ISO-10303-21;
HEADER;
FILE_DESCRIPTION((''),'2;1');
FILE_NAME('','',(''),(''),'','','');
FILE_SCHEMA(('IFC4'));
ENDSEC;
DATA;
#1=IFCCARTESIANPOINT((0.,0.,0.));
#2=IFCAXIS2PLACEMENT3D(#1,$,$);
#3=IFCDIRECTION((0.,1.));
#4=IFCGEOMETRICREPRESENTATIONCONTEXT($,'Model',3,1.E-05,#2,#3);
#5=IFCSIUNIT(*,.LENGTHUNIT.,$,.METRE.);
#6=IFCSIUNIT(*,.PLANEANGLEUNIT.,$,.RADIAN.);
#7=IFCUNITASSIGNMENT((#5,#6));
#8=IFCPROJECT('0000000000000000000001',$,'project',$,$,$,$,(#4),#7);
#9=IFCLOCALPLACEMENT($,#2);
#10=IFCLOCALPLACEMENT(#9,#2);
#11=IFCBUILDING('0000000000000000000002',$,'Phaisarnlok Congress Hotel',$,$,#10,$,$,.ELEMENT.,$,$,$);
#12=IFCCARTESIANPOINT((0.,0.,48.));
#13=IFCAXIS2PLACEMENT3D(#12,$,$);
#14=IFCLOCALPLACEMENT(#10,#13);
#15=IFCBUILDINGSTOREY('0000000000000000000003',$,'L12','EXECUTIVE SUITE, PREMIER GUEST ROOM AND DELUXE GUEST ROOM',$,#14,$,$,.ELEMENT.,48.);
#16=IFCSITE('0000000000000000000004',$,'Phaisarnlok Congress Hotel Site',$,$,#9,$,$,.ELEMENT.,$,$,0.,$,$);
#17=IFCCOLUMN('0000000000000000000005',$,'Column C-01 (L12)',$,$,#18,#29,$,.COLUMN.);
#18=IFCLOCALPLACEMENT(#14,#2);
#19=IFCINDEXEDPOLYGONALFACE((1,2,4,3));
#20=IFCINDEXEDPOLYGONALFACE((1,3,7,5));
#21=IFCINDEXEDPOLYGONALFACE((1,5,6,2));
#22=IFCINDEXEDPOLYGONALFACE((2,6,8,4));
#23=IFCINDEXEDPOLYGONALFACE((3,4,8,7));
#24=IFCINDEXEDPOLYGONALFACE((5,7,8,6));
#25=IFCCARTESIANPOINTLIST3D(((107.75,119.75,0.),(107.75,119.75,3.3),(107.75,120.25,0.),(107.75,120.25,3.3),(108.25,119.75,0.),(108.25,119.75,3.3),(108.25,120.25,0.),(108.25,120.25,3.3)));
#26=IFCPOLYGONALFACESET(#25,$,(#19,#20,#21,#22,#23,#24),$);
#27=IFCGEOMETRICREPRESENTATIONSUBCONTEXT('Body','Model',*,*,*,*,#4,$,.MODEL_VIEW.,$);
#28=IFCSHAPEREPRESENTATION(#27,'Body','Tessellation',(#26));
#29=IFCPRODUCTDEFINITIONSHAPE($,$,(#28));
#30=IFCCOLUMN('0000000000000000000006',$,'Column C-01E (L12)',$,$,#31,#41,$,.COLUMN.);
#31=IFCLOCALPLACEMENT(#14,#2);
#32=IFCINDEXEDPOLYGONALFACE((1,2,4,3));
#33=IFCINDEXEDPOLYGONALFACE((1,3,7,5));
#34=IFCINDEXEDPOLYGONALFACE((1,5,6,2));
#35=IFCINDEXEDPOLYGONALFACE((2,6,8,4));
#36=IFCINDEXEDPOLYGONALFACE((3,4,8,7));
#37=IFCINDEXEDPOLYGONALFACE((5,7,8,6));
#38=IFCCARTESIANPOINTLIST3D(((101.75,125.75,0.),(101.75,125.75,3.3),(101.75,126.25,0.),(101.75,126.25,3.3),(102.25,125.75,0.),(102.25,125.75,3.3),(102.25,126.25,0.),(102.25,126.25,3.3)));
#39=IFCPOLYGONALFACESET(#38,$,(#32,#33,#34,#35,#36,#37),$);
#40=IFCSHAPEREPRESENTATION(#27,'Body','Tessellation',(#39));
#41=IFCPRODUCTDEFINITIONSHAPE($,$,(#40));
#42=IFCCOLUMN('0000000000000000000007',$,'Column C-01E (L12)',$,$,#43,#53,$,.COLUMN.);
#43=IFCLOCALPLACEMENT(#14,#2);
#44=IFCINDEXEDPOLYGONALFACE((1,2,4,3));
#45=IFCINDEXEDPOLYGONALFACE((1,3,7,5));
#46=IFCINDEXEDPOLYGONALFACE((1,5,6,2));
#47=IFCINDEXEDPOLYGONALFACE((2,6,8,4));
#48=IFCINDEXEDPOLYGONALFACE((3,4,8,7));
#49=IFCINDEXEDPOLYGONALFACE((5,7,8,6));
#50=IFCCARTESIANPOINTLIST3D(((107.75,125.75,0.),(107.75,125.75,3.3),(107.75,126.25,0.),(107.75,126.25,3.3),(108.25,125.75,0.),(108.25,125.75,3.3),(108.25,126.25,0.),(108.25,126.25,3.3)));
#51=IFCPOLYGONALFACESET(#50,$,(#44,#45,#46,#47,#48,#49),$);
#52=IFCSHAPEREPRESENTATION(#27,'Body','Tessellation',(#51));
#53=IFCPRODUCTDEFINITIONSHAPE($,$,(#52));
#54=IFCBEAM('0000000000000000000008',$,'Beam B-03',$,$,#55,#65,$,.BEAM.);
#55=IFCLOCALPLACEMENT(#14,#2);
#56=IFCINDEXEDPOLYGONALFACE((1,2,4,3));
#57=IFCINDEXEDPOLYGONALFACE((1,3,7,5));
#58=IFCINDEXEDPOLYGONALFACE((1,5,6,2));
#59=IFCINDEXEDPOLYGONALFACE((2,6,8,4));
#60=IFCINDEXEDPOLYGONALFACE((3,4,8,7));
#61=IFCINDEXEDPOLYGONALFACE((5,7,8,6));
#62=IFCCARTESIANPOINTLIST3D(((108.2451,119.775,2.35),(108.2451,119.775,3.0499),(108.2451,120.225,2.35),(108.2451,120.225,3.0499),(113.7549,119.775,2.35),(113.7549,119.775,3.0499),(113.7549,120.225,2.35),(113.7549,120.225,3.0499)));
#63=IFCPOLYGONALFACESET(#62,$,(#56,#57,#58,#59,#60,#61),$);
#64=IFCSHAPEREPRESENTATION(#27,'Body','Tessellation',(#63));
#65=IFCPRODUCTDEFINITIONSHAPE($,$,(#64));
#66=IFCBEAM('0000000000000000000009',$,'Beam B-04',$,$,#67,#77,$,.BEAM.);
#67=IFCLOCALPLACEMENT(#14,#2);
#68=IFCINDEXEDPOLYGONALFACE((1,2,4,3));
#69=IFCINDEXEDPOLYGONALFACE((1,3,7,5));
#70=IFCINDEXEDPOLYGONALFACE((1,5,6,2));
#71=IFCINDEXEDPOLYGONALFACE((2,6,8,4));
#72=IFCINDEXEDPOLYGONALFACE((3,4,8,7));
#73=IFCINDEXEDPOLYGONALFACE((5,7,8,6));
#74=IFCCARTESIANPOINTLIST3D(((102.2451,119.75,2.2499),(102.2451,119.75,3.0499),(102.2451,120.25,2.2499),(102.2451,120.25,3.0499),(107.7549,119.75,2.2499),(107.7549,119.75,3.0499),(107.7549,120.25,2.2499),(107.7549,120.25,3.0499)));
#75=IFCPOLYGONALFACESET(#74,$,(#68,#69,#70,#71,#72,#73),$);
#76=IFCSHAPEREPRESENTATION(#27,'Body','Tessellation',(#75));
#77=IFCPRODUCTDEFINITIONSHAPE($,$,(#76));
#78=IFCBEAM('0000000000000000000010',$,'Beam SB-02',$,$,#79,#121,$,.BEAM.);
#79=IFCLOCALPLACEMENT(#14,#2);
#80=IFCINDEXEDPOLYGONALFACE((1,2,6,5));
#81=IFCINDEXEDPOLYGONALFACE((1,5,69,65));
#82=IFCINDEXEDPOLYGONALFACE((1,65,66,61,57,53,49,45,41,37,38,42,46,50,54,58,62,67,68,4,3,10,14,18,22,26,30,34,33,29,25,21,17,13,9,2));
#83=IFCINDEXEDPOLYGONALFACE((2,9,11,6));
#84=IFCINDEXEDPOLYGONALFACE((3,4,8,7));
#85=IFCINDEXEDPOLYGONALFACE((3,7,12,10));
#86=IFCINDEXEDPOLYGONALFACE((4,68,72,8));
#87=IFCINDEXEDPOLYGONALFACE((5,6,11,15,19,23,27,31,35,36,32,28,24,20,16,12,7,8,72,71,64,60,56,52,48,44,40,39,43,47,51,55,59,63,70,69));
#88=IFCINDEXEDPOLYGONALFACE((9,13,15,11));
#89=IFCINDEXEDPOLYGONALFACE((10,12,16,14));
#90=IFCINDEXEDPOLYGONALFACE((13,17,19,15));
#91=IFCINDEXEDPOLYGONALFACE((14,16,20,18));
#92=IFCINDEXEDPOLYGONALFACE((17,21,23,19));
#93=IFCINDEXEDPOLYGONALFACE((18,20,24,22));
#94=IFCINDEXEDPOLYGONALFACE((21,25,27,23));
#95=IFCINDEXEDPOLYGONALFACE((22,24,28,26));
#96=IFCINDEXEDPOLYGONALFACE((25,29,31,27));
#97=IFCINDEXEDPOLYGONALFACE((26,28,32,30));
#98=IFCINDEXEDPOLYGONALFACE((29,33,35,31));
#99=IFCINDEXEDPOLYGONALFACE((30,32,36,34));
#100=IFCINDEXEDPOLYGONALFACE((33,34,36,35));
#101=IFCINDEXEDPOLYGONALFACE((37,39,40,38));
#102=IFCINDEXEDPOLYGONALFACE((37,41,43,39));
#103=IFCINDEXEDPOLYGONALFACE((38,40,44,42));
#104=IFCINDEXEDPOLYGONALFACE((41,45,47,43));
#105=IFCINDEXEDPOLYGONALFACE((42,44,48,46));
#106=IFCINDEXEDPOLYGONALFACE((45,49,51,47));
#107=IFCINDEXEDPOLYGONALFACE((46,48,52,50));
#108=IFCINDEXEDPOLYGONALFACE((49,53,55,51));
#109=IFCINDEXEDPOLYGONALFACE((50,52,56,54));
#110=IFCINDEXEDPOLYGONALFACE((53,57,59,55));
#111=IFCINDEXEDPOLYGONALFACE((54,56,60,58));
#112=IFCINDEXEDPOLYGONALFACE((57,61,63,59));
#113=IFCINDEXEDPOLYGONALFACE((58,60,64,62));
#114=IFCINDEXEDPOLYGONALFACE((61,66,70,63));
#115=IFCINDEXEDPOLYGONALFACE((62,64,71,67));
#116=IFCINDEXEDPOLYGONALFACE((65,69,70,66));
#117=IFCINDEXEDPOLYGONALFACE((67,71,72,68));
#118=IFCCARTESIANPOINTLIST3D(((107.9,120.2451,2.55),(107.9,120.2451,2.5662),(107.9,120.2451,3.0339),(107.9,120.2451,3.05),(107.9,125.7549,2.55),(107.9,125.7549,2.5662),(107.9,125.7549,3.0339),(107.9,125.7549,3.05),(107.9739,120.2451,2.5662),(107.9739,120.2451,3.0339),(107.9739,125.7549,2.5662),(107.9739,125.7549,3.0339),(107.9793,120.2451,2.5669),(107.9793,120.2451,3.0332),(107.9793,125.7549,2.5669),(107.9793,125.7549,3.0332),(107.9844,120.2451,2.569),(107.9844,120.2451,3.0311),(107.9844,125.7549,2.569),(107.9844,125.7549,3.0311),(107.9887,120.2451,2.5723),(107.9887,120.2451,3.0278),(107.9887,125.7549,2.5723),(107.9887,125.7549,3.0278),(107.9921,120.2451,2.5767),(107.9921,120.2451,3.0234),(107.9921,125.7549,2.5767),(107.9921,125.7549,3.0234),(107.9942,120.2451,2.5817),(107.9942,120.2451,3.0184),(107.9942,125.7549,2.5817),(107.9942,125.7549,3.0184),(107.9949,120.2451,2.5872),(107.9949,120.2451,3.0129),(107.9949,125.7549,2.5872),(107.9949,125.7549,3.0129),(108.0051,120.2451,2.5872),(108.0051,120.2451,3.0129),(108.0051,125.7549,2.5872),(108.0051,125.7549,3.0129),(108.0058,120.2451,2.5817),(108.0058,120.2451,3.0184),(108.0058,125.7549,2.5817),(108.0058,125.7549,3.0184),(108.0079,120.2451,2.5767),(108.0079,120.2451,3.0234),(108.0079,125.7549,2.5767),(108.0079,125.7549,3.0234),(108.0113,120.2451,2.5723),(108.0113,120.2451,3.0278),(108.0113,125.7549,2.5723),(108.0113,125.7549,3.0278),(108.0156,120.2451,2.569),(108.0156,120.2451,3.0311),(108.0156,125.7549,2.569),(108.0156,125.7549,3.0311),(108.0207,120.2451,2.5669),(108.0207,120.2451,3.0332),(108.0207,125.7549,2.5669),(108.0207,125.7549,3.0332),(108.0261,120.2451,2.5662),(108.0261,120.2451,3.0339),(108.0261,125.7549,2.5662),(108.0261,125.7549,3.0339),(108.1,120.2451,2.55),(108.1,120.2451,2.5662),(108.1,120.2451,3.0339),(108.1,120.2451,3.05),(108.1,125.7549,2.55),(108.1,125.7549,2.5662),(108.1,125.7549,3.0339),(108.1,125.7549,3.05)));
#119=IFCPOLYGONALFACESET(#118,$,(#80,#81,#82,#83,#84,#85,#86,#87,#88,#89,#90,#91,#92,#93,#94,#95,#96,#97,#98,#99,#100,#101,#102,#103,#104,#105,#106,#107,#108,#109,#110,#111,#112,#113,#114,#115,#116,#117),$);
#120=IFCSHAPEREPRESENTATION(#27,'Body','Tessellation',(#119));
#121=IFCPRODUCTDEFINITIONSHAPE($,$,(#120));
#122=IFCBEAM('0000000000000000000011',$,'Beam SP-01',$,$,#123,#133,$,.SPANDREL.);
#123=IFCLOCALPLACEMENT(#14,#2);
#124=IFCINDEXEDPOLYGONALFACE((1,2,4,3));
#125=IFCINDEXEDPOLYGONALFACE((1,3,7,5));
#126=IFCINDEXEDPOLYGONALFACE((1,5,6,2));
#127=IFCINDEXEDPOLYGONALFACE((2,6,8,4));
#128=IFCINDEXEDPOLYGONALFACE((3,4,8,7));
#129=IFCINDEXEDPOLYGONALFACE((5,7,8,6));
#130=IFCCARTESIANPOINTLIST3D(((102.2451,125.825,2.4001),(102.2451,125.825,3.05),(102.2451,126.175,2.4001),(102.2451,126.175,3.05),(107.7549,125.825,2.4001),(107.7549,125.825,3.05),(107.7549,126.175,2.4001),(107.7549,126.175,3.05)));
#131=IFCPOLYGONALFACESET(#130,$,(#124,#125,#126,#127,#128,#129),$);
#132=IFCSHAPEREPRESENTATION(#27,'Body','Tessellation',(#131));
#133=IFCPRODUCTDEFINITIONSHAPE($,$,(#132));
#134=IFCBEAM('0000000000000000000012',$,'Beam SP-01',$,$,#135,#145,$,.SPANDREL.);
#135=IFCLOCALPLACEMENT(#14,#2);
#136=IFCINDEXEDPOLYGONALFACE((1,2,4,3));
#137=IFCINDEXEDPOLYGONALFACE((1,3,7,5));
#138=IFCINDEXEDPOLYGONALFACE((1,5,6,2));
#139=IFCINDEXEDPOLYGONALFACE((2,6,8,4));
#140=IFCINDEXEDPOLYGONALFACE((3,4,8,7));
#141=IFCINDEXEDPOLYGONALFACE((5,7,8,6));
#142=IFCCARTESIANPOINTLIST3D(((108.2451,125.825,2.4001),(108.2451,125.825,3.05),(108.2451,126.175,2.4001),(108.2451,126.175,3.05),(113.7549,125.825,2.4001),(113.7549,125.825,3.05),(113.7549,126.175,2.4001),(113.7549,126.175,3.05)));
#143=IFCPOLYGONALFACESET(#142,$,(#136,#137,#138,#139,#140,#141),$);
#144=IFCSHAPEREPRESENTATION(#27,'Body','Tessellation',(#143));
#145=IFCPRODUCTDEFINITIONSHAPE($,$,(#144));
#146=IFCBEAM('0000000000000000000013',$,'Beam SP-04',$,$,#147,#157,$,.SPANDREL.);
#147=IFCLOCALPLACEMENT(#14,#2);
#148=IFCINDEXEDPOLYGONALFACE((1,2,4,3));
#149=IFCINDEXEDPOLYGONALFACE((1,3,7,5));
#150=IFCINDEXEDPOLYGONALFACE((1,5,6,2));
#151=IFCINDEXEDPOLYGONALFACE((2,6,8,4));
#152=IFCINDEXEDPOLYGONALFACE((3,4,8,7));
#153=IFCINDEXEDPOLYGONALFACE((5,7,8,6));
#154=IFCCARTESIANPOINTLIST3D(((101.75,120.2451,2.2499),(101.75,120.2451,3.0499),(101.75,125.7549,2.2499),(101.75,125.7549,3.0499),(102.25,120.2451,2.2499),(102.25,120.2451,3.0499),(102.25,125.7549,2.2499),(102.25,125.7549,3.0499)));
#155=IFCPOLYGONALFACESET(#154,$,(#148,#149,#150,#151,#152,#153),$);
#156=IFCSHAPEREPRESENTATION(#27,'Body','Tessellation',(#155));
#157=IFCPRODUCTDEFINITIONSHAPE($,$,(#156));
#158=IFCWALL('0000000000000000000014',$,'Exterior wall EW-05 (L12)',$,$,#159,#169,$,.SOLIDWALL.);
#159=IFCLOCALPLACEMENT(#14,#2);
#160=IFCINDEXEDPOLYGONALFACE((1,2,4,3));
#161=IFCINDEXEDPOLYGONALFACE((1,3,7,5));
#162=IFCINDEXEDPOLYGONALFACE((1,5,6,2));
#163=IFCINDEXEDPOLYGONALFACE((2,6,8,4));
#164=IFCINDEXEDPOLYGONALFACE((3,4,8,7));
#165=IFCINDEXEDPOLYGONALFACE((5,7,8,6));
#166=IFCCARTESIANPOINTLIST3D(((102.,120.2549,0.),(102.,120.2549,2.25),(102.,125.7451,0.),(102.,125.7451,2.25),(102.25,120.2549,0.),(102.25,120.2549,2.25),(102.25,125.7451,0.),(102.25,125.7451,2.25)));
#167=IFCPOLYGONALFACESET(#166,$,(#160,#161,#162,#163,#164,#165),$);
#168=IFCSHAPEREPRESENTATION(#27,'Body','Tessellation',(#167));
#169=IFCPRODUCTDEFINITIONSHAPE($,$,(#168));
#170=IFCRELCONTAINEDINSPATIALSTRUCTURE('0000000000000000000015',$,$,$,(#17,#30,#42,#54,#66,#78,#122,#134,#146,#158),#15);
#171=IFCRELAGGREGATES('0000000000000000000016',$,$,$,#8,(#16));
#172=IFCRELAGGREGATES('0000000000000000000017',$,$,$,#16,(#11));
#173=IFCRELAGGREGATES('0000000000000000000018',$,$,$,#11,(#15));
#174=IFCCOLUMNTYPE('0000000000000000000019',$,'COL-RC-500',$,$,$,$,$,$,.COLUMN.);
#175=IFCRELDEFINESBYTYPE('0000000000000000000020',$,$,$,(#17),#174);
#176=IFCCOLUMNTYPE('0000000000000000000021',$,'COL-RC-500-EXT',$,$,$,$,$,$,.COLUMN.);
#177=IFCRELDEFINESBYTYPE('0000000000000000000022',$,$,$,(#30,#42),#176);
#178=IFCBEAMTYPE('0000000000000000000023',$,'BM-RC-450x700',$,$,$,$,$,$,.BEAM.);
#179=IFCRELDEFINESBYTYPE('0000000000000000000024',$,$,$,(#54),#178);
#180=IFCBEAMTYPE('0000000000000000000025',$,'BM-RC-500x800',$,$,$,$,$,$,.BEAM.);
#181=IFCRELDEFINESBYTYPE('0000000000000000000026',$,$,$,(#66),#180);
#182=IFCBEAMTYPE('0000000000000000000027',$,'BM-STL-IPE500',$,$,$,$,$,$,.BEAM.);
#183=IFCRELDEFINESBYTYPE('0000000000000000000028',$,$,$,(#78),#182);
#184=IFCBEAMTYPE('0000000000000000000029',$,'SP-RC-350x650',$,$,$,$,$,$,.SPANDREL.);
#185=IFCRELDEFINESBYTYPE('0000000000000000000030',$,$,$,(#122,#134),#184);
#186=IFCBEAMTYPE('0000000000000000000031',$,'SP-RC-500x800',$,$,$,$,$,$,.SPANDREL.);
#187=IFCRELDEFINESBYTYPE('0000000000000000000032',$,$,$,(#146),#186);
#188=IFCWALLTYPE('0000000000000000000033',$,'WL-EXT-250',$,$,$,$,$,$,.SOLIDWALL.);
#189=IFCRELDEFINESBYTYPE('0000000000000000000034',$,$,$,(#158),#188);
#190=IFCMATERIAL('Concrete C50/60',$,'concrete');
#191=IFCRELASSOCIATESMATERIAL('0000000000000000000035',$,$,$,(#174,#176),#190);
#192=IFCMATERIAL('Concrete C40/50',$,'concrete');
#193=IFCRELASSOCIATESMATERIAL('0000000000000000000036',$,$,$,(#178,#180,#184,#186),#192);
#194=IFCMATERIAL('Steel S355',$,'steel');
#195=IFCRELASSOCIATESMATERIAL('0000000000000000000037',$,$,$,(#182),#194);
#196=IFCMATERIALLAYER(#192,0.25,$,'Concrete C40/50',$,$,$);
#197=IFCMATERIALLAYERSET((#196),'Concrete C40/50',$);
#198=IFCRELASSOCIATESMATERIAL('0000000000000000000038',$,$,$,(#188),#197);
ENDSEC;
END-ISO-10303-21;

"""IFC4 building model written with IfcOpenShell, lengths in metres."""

from ifc_helpers import new_model, si_unit, direction, frame, frame_2d, origin, origin_2d, place, context, subcontext, project, spatial, rectangle, i_section, extrude, material, layer, layer_set, material_profile, profile_set, type_object, element, save


model = new_model("IFC4")

# Units and contexts
model_context = context("Model", 3, precision=1e-05, world=origin(), true_north=direction((0.0, 1.0)))
body_context = subcontext(model_context, "Body", "Model", "MODEL_VIEW")
ifc_project = project(units=[si_unit("LENGTHUNIT", "METRE"), si_unit("PLANEANGLEUNIT", "RADIAN")], contexts=[model_context])

# Site, building, storey
site_placement = place(None, origin())
site = spatial("IfcSite", under=ifc_project, at=site_placement, Name="Phaisarnlok Congress Hotel Site", CompositionType="ELEMENT", RefElevation=0.0)
building_placement = place(site_placement, origin())
building = spatial("IfcBuilding", under=site, at=building_placement, Name="Phaisarnlok Congress Hotel", CompositionType="ELEMENT")
storey_placement = place(building_placement, frame((0.0, 0.0, 48.0)))
storey = spatial("IfcBuildingStorey", under=building, at=storey_placement, Name="L12", Description="EXECUTIVE SUITE, PREMIER GUEST ROOM AND DELUXE GUEST ROOM", CompositionType="ELEMENT", Elevation=48.0)

# Columns
ifc_material_1 = material(Name="Concrete C50/60", Category="concrete")
ifc_material_profile_1 = material_profile(ifc_material_1, rectangle(XDim=0.5, YDim=0.5, at=origin_2d()), Name="RC 500x500")
ifc_profile_set_1 = profile_set([ifc_material_profile_1], Name="Concrete C50/60")
column_type_1 = type_object("IfcColumnType", Name="COL-RC-500", PredefinedType="COLUMN", material=ifc_profile_set_1)
column_placement = place(storey_placement, frame((108.0, 120.0, 0.0), z_axis=(0.0, 0.0, 1.0), x_axis=(1.0, 0.0, 0.0)))
element("IfcColumn", 1, at=column_placement, inside=storey, type_object=column_type_1, Name="Column C-01 (L12)", PredefinedType="COLUMN", context=body_context, shape_type="SweptSolid", body=[
    extrude(rectangle(XDim=0.5, YDim=0.5, at=origin_2d()), origin(), (0.0, 0.0, 1.0), 3.3),
])
ifc_material_profile_2 = material_profile(ifc_material_1, rectangle(XDim=0.5, YDim=0.5, at=origin_2d()), Name="RC 500x500")
ifc_profile_set_2 = profile_set([ifc_material_profile_2], Name="Concrete C50/60")
column_type_2 = type_object("IfcColumnType", Name="COL-RC-500-EXT", PredefinedType="COLUMN", material=ifc_profile_set_2)
for number, where, z_axis, x_axis, name in (
    (2, (102.0, 126.0, 0.0), (0.0, 0.0, 1.0), (1.0, 0.0, 0.0), "Column C-01E (L12)"),
    (3, (108.0, 126.0, 0.0), (0.0, 0.0, 1.0), (1.0, 0.0, 0.0), "Column C-01E (L12)"),
):
    element("IfcColumn", number, at=place(storey_placement, frame(where, z_axis=z_axis, x_axis=x_axis)), inside=storey, type_object=column_type_2, Name=name, PredefinedType="COLUMN", context=body_context, shape_type="SweptSolid", body=[
        extrude(rectangle(XDim=0.5, YDim=0.5, at=origin_2d()), origin(), (0.0, 0.0, 1.0), 3.3),
    ])

# Beams
ifc_material_2 = material(Name="Concrete C40/50", Category="concrete")
ifc_material_profile_3 = material_profile(ifc_material_2, rectangle(XDim=0.45, YDim=0.7, at=origin_2d()), Name="RC 450x700")
ifc_profile_set_3 = profile_set([ifc_material_profile_3], Name="Concrete C40/50")
beam_type_1 = type_object("IfcBeamType", Name="BM-RC-450x700", PredefinedType="BEAM", material=ifc_profile_set_3)
beam_1_placement = place(storey_placement, frame((108.2451, 120.0, 2.7), z_axis=(1.0, 0.0, 0.0), x_axis=(0.0, 1.0, 0.0)))
element("IfcBeam", 4, at=beam_1_placement, inside=storey, type_object=beam_type_1, Name="Beam B-03", PredefinedType="BEAM", context=body_context, shape_type="SweptSolid", body=[
    extrude(rectangle(XDim=0.45, YDim=0.7, at=origin_2d()), origin(), (0.0, 0.0, 1.0), 5.5098),
])
ifc_material_profile_4 = material_profile(ifc_material_2, rectangle(XDim=0.5, YDim=0.8, at=origin_2d()), Name="RC 500x800")
ifc_profile_set_4 = profile_set([ifc_material_profile_4], Name="Concrete C40/50")
beam_type_2 = type_object("IfcBeamType", Name="BM-RC-500x800", PredefinedType="BEAM", material=ifc_profile_set_4)
beam_2_placement = place(storey_placement, frame((102.2451, 120.0, 2.6499), z_axis=(1.0, 0.0, 0.0), x_axis=(0.0, 1.0, 0.0)))
element("IfcBeam", 5, at=beam_2_placement, inside=storey, type_object=beam_type_2, Name="Beam B-04", PredefinedType="BEAM", context=body_context, shape_type="SweptSolid", body=[
    extrude(rectangle(XDim=0.5, YDim=0.8, at=origin_2d()), origin(), (0.0, 0.0, 1.0), 5.5098),
])
ifc_material_3 = material(Name="Steel S355", Category="steel")
ifc_material_profile_5 = material_profile(ifc_material_3, i_section(OverallWidth=0.2, OverallDepth=0.5, WebThickness=0.0103, FlangeThickness=0.0161, FilletRadius=0.021, at=origin_2d()), Name="IPE 500")
ifc_profile_set_5 = profile_set([ifc_material_profile_5], Name="Steel S355")
beam_type_3 = type_object("IfcBeamType", Name="BM-STL-IPE500", PredefinedType="BEAM", material=ifc_profile_set_5)
beam_3_placement = place(storey_placement, frame((108.0, 120.2451, 2.8), z_axis=(0.0, 1.0, 0.0), x_axis=(-1.0, 0.0, 0.0)))
element("IfcBeam", 6, at=beam_3_placement, inside=storey, type_object=beam_type_3, Name="Beam SB-02", PredefinedType="BEAM", context=body_context, shape_type="SweptSolid", body=[
    extrude(i_section(OverallWidth=0.2, OverallDepth=0.5, WebThickness=0.0103, FlangeThickness=0.0161, FilletRadius=0.021, at=origin_2d()), origin(), (0.0, 0.0, 1.0), 5.5098),
])
ifc_material_profile_6 = material_profile(ifc_material_2, rectangle(XDim=0.3501, YDim=0.6499, at=origin_2d()), Name="RC 350x650")
ifc_profile_set_6 = profile_set([ifc_material_profile_6], Name="Concrete C40/50")
beam_type_4 = type_object("IfcBeamType", Name="SP-RC-350x650", PredefinedType="SPANDREL", material=ifc_profile_set_6)
for number, where, z_axis, x_axis, name in (
    (7, (102.2451, 126.0, 2.7251), (1.0, 0.0, 0.0), (0.0, 1.0, 0.0), "Beam SP-01"),
    (8, (108.2451, 126.0, 2.7251), (1.0, 0.0, 0.0), (0.0, 1.0, 0.0), "Beam SP-01"),
):
    element("IfcBeam", number, at=place(storey_placement, frame(where, z_axis=z_axis, x_axis=x_axis)), inside=storey, type_object=beam_type_4, Name=name, PredefinedType="SPANDREL", context=body_context, shape_type="SweptSolid", body=[
        extrude(rectangle(XDim=0.3501, YDim=0.6499, at=origin_2d()), origin(), (0.0, 0.0, 1.0), 5.5098),
    ])
ifc_material_profile_7 = material_profile(ifc_material_2, rectangle(XDim=0.5, YDim=0.8, at=origin_2d()), Name="RC 500x800")
ifc_profile_set_7 = profile_set([ifc_material_profile_7], Name="Concrete C40/50")
beam_type_5 = type_object("IfcBeamType", Name="SP-RC-500x800", PredefinedType="SPANDREL", material=ifc_profile_set_7)
beam_4_placement = place(storey_placement, frame((102.0, 120.2451, 2.6499), z_axis=(0.0, 1.0, 0.0), x_axis=(-1.0, 0.0, 0.0)))
element("IfcBeam", 9, at=beam_4_placement, inside=storey, type_object=beam_type_5, Name="Beam SP-04", PredefinedType="SPANDREL", context=body_context, shape_type="SweptSolid", body=[
    extrude(rectangle(XDim=0.5, YDim=0.8, at=origin_2d()), origin(), (0.0, 0.0, 1.0), 5.5098),
])

# Wall
ifc_layer_1 = layer(ifc_material_2, 0.25, Name="Concrete C40/50")
ifc_layer_set_1 = layer_set([ifc_layer_1], Name="Concrete C40/50")
wall_type_1 = type_object("IfcWallType", Name="WL-EXT-250", PredefinedType="SOLIDWALL", material=ifc_layer_set_1)
wall_1_placement = place(storey_placement, frame((102.125, 125.7451, 0.0), z_axis=(0.0, 0.0, 1.0), x_axis=(0.0, -1.0, 0.0)))
element("IfcWall", 10, at=wall_1_placement, inside=storey, type_object=wall_type_1, Name="Exterior wall EW-05 (L12)", PredefinedType="SOLIDWALL", context=body_context, shape_type="SweptSolid", body=[
    extrude(rectangle(XDim=5.4902, YDim=0.25, at=frame_2d((2.7451, 0.0))), origin(), (0.0, 0.0, 1.0), 2.25),
])

save(model, "model.ifc")
